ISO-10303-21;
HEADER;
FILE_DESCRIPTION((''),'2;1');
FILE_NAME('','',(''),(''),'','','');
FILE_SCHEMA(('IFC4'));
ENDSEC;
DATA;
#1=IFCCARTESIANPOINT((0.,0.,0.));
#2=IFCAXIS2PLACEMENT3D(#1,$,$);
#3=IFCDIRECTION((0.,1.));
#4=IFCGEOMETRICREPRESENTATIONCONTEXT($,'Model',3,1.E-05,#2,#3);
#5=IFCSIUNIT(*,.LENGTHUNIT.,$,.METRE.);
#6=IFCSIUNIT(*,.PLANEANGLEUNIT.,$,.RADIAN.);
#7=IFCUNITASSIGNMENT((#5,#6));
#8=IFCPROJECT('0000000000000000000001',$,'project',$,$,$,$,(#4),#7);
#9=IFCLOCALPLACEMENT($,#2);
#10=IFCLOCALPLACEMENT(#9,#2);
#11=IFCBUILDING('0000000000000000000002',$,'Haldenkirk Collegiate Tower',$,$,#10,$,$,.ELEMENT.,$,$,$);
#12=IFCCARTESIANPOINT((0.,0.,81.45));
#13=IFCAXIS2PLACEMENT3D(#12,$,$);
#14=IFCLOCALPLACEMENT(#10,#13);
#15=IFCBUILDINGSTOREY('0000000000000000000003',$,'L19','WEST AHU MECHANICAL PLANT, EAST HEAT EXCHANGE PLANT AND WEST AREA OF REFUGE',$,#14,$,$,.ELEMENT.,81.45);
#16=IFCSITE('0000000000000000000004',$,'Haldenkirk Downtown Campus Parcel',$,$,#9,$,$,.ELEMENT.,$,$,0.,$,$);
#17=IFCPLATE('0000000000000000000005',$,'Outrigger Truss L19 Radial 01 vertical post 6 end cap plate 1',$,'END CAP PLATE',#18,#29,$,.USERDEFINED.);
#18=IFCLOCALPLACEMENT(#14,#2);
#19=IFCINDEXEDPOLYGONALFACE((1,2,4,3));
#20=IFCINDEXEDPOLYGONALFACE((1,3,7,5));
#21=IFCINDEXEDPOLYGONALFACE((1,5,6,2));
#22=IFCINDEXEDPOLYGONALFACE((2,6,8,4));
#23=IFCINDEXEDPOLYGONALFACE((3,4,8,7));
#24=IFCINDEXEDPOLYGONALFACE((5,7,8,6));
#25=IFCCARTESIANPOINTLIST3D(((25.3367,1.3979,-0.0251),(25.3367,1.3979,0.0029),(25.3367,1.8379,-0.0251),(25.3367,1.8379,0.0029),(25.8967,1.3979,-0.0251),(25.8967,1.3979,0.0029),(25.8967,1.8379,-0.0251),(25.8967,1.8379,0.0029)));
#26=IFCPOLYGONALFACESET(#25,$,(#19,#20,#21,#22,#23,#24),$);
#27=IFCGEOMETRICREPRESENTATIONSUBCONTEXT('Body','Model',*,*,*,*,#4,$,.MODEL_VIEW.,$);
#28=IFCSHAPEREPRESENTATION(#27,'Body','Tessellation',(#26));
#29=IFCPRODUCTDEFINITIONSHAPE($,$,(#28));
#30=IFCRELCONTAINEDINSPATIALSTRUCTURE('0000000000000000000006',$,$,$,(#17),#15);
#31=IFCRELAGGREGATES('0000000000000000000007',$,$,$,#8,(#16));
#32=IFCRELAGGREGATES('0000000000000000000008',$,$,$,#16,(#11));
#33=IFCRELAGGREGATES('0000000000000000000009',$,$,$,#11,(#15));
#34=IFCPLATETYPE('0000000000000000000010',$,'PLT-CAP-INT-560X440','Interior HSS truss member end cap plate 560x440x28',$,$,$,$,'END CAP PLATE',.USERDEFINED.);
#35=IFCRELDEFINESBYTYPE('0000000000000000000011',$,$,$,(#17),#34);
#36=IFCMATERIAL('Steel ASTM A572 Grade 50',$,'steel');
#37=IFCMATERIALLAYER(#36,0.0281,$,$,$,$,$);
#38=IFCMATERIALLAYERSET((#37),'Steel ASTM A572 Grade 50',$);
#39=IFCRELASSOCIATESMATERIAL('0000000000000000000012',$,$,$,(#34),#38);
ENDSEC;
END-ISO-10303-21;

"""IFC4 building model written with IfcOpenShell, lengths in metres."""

from ifc_helpers import new_model, si_unit, direction, frame, origin, origin_2d, place, context, subcontext, project, spatial, rectangle, extrude, source, transform, mapped, material, layer, layer_set, type_object, element, save


model = new_model("IFC4")

# Units and contexts
model_context = context("Model", 3, precision=1e-05, world=origin(), true_north=direction((0.0, 1.0)))
body_context = subcontext(model_context, "Body", "Model", "MODEL_VIEW")
ifc_project = project(units=[si_unit("LENGTHUNIT", "METRE"), si_unit("PLANEANGLEUNIT", "RADIAN")], contexts=[model_context])

# Site, building, storey
site_placement = place(None, origin())
site = spatial("IfcSite", under=ifc_project, at=site_placement, Name="Haldenkirk Downtown Campus Parcel", CompositionType="ELEMENT", RefElevation=0.0)
building_placement = place(site_placement, origin())
building = spatial("IfcBuilding", under=site, at=building_placement, Name="Haldenkirk Collegiate Tower", CompositionType="ELEMENT")
storey_placement = place(building_placement, frame((0.0, 0.0, 81.45)))
storey = spatial("IfcBuildingStorey", under=building, at=storey_placement, Name="L19", Description="WEST AHU MECHANICAL PLANT, EAST HEAT EXCHANGE PLANT AND WEST AREA OF REFUGE", CompositionType="ELEMENT", Elevation=81.45)

# Shared definitions
ifc_material_1 = material(Name="Steel ASTM A572 Grade 50", Category="steel")

# Plate
ifc_layer = layer(ifc_material_1, 0.0281)
ifc_layer_set = layer_set([ifc_layer], Name="Steel ASTM A572 Grade 50")
plate_type = type_object("IfcPlateType", Name="PLT-CAP-INT-560X440", Description="Interior HSS truss member end cap plate 560x440x28", ElementType="END CAP PLATE", PredefinedType="USERDEFINED", material=ifc_layer_set)
shared_shape = source(origin(), body_context, "Body", "SweptSolid", [
    extrude(rectangle(XDim=0.5601, YDim=0.4399, at=origin_2d()), origin(), (0.0, 0.0, 1.0), 0.0281),
])
for number, where, z_axis, x_axis, name in (
    (1, (25.6167, 1.6179, 0.0029), (0.0, 0.0, -1.0), (1.0, 0.0, 0.0), "Outrigger Truss L19 Radial 01 vertical post 6 end cap plate 1"),
):
    element("IfcPlate", number, at=place(storey_placement, frame(where, z_axis=z_axis, x_axis=x_axis)), inside=storey, type_object=plate_type, Name=name, ObjectType="END CAP PLATE", PredefinedType="USERDEFINED", context=body_context, shape_type="MappedRepresentation", body=[
        mapped(shared_shape, transform((0.0, 0.0, 0.0), x_axis=(1.0, 0.0, 0.0), y_axis=(0.0, 1.0, 0.0), z_axis=(0.0, 0.0, 1.0), scale=1.0)),
    ])

save(model, "model.ifc")
